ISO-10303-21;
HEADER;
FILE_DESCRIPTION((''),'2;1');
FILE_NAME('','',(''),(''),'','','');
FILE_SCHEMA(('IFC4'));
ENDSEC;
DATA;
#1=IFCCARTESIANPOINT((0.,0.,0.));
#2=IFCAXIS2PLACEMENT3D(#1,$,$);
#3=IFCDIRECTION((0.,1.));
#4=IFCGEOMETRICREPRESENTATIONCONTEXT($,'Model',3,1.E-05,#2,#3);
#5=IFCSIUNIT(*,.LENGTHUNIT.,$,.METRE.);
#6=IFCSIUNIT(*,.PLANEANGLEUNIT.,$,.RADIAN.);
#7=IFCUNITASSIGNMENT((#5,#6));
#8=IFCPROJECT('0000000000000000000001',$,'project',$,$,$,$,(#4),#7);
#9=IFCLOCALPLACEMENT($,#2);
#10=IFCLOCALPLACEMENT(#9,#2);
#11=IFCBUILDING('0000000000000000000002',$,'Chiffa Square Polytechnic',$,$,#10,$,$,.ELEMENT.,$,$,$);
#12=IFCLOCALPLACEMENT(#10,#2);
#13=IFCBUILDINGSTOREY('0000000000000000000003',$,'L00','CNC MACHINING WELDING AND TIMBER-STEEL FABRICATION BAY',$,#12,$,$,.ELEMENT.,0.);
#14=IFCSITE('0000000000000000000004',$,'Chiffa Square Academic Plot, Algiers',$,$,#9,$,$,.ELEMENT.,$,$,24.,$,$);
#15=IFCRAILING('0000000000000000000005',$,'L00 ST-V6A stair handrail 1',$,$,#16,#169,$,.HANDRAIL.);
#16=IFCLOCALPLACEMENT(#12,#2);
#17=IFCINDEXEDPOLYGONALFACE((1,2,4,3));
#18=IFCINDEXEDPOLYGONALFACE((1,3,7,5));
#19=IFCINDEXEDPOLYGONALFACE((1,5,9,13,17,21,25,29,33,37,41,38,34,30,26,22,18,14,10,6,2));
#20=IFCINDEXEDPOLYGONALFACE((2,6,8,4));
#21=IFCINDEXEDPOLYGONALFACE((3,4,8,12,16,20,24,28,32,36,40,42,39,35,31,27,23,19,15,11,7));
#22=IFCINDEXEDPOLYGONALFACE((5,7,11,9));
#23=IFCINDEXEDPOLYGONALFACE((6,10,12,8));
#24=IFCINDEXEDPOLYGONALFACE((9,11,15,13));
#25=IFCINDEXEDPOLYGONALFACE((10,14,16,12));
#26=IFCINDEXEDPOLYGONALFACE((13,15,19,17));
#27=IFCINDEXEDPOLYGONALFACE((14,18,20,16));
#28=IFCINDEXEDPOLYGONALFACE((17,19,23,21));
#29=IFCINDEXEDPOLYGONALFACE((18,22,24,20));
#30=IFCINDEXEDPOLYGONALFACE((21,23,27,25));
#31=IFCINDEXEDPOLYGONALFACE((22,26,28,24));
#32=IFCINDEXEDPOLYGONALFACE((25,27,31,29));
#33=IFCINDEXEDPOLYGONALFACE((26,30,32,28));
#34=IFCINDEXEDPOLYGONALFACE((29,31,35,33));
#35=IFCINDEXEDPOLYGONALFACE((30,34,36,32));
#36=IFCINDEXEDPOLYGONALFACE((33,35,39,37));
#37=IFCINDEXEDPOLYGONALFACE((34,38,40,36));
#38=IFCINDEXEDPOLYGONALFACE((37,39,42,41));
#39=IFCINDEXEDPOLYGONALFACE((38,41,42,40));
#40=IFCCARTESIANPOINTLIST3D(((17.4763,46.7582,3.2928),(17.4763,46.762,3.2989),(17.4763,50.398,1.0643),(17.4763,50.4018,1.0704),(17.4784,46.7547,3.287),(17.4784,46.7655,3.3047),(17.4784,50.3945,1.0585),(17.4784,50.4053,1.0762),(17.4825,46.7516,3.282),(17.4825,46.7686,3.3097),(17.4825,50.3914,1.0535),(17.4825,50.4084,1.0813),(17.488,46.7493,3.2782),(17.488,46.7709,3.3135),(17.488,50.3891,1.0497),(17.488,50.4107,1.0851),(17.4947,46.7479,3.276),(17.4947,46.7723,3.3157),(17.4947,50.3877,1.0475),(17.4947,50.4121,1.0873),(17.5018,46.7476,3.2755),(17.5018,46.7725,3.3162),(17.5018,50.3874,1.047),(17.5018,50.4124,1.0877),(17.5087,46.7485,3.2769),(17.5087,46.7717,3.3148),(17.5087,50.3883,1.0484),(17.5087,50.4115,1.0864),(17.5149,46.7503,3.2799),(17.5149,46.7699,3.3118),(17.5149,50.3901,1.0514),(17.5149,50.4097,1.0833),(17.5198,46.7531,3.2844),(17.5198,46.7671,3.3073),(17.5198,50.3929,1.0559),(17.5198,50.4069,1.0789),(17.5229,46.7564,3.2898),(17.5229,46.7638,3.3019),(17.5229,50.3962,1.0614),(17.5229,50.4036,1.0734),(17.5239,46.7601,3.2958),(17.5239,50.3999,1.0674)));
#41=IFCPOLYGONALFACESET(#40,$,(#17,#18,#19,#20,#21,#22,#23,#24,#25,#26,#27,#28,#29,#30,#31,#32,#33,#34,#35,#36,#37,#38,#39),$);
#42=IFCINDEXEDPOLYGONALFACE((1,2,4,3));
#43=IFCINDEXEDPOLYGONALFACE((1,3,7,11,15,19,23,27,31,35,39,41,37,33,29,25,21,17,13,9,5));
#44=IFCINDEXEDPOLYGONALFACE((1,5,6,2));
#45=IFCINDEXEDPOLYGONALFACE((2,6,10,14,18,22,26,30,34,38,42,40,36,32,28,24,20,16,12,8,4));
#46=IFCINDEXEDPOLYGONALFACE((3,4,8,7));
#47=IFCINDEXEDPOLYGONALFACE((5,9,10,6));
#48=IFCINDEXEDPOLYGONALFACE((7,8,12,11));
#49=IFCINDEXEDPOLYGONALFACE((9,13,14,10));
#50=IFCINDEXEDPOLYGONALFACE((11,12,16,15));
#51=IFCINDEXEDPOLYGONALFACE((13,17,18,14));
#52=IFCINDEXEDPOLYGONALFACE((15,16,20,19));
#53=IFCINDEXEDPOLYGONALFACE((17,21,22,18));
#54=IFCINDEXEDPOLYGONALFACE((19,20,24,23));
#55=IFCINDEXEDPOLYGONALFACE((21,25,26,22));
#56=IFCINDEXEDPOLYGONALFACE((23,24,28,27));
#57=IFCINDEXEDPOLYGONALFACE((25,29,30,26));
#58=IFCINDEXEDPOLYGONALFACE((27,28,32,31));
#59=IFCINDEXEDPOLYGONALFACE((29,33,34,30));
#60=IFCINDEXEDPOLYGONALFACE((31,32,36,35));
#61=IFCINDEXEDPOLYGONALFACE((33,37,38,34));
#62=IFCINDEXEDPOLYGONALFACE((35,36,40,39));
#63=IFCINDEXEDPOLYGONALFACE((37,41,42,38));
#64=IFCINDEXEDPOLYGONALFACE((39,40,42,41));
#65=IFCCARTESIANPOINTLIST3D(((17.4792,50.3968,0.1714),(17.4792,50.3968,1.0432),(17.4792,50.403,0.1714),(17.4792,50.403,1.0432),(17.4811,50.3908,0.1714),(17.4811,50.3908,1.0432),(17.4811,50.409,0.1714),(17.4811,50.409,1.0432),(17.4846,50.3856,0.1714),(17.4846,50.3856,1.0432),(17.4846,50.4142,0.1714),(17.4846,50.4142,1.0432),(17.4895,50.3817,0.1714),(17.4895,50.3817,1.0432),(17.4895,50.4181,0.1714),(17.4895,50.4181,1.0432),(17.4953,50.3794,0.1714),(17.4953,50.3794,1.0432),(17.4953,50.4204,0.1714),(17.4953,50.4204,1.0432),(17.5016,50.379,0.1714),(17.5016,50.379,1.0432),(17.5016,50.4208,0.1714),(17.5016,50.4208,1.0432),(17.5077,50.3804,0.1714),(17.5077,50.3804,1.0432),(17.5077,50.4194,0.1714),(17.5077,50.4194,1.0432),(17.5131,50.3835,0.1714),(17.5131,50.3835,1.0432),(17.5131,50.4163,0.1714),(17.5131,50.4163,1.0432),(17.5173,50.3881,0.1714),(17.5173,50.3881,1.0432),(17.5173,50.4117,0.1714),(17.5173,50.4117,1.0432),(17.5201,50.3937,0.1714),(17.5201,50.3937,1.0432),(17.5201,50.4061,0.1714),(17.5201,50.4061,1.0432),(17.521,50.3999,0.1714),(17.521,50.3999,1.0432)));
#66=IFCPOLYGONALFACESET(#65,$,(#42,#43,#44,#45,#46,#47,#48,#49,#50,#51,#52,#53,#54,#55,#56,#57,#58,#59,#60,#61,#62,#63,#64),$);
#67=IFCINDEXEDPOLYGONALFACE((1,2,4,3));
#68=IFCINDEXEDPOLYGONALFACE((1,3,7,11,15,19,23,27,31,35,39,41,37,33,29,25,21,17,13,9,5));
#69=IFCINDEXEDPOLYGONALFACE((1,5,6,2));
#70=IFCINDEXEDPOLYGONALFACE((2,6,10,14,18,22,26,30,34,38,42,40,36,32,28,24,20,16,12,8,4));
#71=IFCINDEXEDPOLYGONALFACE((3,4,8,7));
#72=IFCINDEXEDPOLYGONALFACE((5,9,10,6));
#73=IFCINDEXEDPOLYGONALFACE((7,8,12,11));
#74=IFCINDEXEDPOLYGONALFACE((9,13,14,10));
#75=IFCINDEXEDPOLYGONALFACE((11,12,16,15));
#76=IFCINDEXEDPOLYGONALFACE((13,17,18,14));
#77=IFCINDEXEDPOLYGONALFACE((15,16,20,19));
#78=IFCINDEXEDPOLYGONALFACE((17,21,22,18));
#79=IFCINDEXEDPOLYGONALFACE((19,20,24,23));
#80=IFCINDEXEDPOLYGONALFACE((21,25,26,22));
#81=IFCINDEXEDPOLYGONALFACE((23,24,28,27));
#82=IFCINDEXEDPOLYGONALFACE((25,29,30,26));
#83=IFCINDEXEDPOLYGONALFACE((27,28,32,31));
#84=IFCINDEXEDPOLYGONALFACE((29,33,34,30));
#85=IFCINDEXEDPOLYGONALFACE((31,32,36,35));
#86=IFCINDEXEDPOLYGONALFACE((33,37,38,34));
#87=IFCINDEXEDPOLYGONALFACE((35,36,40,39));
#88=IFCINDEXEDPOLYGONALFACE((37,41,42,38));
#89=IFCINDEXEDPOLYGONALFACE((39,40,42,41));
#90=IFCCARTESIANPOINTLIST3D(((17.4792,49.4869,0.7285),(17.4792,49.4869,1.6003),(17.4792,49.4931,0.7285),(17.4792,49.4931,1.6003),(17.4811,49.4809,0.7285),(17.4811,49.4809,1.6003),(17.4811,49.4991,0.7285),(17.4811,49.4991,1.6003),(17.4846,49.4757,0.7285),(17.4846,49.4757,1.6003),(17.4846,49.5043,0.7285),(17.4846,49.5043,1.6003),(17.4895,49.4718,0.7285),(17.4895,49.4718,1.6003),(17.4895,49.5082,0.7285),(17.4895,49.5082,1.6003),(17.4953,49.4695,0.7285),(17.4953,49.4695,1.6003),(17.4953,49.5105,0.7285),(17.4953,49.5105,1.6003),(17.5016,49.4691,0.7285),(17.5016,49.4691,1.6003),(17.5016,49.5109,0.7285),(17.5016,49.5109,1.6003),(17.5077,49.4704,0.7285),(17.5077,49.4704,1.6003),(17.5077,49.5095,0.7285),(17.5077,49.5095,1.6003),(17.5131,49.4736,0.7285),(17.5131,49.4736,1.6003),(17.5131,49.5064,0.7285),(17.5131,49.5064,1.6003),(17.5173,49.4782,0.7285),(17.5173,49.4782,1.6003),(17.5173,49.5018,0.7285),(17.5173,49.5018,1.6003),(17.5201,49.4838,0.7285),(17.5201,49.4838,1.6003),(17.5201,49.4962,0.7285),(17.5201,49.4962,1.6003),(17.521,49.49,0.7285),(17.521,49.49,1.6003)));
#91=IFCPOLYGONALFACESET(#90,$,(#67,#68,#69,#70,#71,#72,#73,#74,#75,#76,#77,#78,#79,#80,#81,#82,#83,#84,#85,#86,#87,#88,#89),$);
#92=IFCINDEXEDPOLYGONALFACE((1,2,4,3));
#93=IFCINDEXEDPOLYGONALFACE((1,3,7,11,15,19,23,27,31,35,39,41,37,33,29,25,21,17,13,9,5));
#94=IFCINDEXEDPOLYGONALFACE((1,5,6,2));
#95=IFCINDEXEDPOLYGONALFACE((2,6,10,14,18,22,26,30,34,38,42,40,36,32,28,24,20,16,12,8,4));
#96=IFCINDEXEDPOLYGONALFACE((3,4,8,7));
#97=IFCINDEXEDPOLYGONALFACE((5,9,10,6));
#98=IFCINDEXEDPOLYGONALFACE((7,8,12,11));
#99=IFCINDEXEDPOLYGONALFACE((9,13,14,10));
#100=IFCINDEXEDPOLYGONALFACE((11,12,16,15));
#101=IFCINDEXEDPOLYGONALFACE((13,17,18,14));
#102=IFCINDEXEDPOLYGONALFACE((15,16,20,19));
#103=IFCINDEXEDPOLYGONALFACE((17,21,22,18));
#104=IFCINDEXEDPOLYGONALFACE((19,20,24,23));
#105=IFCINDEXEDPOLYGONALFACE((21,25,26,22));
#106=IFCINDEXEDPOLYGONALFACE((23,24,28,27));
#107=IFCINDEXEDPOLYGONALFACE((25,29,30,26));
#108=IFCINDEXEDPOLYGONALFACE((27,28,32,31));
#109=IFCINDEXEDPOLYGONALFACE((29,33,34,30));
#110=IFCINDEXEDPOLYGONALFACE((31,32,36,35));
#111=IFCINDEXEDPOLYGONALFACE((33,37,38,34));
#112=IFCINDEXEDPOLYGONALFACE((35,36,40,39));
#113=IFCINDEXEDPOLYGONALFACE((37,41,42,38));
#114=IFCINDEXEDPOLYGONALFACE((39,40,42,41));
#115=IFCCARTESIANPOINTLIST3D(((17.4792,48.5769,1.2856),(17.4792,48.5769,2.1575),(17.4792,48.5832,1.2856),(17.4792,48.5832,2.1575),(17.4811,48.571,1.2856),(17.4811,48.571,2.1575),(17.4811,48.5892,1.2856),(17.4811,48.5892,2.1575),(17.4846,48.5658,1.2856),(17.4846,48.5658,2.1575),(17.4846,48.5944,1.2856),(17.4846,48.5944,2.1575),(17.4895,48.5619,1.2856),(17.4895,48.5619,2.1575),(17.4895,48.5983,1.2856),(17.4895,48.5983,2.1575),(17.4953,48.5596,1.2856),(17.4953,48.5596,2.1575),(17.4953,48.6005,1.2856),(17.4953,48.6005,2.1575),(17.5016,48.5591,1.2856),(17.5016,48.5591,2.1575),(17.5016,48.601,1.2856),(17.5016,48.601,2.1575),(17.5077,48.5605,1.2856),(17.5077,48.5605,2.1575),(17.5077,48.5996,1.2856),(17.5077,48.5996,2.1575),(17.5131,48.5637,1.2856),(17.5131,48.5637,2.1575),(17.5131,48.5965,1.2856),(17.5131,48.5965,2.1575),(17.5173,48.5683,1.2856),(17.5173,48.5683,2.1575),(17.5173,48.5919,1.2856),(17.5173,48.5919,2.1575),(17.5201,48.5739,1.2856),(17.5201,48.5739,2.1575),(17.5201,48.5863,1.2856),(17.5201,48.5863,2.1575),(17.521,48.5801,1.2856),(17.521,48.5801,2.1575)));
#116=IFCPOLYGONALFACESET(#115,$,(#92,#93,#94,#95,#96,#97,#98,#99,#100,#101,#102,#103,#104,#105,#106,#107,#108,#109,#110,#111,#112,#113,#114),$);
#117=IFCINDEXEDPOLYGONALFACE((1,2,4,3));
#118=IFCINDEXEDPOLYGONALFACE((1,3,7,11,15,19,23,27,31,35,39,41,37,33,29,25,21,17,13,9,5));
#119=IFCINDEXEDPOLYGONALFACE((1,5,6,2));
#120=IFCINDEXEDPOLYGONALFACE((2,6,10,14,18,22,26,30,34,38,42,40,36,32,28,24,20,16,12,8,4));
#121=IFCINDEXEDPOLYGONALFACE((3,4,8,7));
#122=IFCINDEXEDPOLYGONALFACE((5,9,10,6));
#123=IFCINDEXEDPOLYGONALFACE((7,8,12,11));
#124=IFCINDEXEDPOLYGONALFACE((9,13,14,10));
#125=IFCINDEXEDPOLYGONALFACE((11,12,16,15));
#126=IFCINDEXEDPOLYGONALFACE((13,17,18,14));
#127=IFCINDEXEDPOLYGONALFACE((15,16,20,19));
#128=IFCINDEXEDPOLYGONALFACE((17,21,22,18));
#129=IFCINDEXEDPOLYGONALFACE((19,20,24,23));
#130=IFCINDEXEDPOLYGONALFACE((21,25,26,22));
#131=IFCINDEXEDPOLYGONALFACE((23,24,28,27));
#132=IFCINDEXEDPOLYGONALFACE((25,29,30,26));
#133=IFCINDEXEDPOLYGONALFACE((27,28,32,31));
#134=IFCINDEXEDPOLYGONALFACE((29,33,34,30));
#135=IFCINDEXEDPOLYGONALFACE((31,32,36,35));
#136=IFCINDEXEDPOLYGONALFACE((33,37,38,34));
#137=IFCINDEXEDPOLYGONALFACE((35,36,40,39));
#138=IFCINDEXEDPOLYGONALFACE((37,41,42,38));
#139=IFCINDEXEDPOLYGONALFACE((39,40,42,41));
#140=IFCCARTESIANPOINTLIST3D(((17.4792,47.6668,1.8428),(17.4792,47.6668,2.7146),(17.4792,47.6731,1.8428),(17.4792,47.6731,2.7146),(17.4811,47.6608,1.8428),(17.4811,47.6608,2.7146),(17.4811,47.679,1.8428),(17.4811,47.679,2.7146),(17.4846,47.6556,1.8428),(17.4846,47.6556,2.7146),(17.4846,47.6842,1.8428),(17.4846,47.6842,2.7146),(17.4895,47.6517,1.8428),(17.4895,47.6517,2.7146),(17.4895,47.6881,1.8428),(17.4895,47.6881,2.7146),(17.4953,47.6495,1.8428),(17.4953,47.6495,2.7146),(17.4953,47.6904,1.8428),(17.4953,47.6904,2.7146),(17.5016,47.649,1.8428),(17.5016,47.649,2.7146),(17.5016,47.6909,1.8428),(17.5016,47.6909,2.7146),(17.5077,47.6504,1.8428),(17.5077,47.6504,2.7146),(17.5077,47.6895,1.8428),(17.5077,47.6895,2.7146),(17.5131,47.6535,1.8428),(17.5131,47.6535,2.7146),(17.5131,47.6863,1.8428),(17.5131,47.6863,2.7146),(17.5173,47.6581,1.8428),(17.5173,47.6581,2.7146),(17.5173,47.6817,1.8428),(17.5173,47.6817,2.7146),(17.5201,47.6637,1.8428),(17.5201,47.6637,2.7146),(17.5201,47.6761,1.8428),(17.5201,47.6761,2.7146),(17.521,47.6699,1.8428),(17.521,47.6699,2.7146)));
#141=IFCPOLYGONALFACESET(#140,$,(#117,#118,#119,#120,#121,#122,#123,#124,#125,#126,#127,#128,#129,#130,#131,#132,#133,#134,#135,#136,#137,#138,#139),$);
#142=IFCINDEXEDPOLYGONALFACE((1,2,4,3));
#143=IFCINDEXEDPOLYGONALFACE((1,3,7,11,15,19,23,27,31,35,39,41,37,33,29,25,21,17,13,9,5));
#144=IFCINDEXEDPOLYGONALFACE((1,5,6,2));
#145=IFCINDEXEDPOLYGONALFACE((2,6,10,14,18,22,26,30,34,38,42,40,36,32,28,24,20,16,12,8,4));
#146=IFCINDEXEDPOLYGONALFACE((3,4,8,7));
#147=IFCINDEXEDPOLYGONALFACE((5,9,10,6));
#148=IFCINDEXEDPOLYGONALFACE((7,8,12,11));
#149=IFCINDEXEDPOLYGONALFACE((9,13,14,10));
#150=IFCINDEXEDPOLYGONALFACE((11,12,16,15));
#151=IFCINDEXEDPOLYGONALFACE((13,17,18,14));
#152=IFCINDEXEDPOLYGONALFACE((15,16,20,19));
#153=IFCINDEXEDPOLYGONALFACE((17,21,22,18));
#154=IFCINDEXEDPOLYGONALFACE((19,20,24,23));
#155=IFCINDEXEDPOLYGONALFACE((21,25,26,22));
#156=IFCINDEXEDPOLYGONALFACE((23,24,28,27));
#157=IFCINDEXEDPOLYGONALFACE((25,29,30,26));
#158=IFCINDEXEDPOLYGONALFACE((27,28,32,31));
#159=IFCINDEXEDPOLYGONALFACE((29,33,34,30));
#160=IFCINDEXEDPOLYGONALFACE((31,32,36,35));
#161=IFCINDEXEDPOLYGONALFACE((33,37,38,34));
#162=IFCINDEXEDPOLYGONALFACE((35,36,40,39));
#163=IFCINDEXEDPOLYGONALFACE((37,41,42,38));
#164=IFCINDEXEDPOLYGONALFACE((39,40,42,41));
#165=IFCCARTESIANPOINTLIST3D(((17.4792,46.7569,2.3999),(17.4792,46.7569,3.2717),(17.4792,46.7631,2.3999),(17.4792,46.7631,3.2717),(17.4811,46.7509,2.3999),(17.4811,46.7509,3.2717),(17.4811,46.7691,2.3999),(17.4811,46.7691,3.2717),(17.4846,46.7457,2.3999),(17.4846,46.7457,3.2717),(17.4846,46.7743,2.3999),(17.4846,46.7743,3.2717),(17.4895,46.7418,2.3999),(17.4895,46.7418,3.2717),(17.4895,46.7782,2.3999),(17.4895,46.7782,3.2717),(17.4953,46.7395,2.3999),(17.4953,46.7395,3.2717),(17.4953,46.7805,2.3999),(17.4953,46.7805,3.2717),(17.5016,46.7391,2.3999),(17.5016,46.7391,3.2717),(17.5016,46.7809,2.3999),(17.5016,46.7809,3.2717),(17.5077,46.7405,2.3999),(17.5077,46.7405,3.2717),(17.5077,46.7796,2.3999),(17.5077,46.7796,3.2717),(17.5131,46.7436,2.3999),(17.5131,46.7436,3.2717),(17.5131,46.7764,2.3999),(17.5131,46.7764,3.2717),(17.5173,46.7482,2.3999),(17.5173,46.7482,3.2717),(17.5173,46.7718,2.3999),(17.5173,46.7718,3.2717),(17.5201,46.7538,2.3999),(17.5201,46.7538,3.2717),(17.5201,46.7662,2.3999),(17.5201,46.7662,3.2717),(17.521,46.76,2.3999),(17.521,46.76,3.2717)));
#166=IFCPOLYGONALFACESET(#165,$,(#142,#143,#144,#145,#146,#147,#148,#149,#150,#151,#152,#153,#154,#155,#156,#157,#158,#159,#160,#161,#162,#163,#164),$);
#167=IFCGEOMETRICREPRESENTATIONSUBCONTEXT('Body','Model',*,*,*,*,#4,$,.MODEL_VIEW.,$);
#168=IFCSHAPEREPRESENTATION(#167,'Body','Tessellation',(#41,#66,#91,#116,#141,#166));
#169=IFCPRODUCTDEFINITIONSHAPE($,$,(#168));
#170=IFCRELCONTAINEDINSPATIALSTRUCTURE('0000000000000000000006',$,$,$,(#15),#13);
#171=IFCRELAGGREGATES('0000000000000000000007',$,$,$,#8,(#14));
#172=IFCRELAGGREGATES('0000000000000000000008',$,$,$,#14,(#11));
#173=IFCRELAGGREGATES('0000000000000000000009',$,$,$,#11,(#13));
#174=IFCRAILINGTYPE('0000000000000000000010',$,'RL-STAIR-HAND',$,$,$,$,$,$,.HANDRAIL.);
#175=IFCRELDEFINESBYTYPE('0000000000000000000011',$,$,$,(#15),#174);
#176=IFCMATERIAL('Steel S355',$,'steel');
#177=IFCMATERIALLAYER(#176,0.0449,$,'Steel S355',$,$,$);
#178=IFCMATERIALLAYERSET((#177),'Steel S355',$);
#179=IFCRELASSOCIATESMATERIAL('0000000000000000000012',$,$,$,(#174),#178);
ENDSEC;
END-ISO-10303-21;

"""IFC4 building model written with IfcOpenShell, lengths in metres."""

from ifc_helpers import new_model, si_unit, direction, frame, origin, origin_2d, place, context, subcontext, project, spatial, circle, extrude, material, layer, layer_set, type_object, element, save


model = new_model("IFC4")

# Units and contexts
model_context = context("Model", 3, precision=1e-05, world=origin(), true_north=direction((0.0, 1.0)))
body_context = subcontext(model_context, "Body", "Model", "MODEL_VIEW")
ifc_project = project(units=[si_unit("LENGTHUNIT", "METRE"), si_unit("PLANEANGLEUNIT", "RADIAN")], contexts=[model_context])

# Site, building, storey
site_placement = place(None, origin())
site = spatial("IfcSite", under=ifc_project, at=site_placement, Name="Chiffa Square Academic Plot, Algiers", CompositionType="ELEMENT", RefElevation=24.0)
building_placement = place(site_placement, origin())
building = spatial("IfcBuilding", under=site, at=building_placement, Name="Chiffa Square Polytechnic", CompositionType="ELEMENT")
storey_placement = place(building_placement, origin())
storey = spatial("IfcBuildingStorey", under=building, at=storey_placement, Name="L00", Description="CNC MACHINING WELDING AND TIMBER-STEEL FABRICATION BAY", CompositionType="ELEMENT", Elevation=0.0)

# Railing
ifc_material_1 = material(Name="Steel S355", Category="steel")
ifc_layer_1 = layer(ifc_material_1, 0.0449, Name="Steel S355")
ifc_layer_set_1 = layer_set([ifc_layer_1], Name="Steel S355")
railing_type_1 = type_object("IfcRailingType", Name="RL-STAIR-HAND", PredefinedType="HANDRAIL", material=ifc_layer_set_1)
railing_1_placement = place(storey_placement, frame((17.5, 50.3999, 0.1714)))
element("IfcRailing", 1, at=railing_1_placement, inside=storey, type_object=railing_type_1, Name="L00 ST-V6A stair handrail 1", PredefinedType="HANDRAIL", context=body_context, shape_type="SweptSolid", body=[
    extrude(circle(Radius=0.0239, at=origin_2d()), frame((0.0, 0.0, 0.896), z_axis=(0.0, -0.85285, 0.522156), x_axis=(1.0, 0.0, 0.0)), (0.0, 0.0, 1.0), 4.2678),
    extrude(circle(Radius=0.021, at=origin_2d()), origin(), (0.0, 0.0, 1.0), 0.8718),
    extrude(circle(Radius=0.021, at=origin_2d()), frame((0.0, -0.9099, 0.5571)), (0.0, 0.0, 1.0), 0.8718),
    extrude(circle(Radius=0.021, at=origin_2d()), frame((0.0, -1.8198, 1.1143)), (0.0, 0.0, 1.0), 0.8718),
    extrude(circle(Radius=0.021, at=origin_2d()), frame((0.0, -2.73, 1.6714)), (0.0, 0.0, 1.0), 0.8718),
    extrude(circle(Radius=0.021, at=origin_2d()), frame((0.0, -3.6399, 2.2285)), (0.0, 0.0, 1.0), 0.8718),
])

save(model, "model.ifc")
